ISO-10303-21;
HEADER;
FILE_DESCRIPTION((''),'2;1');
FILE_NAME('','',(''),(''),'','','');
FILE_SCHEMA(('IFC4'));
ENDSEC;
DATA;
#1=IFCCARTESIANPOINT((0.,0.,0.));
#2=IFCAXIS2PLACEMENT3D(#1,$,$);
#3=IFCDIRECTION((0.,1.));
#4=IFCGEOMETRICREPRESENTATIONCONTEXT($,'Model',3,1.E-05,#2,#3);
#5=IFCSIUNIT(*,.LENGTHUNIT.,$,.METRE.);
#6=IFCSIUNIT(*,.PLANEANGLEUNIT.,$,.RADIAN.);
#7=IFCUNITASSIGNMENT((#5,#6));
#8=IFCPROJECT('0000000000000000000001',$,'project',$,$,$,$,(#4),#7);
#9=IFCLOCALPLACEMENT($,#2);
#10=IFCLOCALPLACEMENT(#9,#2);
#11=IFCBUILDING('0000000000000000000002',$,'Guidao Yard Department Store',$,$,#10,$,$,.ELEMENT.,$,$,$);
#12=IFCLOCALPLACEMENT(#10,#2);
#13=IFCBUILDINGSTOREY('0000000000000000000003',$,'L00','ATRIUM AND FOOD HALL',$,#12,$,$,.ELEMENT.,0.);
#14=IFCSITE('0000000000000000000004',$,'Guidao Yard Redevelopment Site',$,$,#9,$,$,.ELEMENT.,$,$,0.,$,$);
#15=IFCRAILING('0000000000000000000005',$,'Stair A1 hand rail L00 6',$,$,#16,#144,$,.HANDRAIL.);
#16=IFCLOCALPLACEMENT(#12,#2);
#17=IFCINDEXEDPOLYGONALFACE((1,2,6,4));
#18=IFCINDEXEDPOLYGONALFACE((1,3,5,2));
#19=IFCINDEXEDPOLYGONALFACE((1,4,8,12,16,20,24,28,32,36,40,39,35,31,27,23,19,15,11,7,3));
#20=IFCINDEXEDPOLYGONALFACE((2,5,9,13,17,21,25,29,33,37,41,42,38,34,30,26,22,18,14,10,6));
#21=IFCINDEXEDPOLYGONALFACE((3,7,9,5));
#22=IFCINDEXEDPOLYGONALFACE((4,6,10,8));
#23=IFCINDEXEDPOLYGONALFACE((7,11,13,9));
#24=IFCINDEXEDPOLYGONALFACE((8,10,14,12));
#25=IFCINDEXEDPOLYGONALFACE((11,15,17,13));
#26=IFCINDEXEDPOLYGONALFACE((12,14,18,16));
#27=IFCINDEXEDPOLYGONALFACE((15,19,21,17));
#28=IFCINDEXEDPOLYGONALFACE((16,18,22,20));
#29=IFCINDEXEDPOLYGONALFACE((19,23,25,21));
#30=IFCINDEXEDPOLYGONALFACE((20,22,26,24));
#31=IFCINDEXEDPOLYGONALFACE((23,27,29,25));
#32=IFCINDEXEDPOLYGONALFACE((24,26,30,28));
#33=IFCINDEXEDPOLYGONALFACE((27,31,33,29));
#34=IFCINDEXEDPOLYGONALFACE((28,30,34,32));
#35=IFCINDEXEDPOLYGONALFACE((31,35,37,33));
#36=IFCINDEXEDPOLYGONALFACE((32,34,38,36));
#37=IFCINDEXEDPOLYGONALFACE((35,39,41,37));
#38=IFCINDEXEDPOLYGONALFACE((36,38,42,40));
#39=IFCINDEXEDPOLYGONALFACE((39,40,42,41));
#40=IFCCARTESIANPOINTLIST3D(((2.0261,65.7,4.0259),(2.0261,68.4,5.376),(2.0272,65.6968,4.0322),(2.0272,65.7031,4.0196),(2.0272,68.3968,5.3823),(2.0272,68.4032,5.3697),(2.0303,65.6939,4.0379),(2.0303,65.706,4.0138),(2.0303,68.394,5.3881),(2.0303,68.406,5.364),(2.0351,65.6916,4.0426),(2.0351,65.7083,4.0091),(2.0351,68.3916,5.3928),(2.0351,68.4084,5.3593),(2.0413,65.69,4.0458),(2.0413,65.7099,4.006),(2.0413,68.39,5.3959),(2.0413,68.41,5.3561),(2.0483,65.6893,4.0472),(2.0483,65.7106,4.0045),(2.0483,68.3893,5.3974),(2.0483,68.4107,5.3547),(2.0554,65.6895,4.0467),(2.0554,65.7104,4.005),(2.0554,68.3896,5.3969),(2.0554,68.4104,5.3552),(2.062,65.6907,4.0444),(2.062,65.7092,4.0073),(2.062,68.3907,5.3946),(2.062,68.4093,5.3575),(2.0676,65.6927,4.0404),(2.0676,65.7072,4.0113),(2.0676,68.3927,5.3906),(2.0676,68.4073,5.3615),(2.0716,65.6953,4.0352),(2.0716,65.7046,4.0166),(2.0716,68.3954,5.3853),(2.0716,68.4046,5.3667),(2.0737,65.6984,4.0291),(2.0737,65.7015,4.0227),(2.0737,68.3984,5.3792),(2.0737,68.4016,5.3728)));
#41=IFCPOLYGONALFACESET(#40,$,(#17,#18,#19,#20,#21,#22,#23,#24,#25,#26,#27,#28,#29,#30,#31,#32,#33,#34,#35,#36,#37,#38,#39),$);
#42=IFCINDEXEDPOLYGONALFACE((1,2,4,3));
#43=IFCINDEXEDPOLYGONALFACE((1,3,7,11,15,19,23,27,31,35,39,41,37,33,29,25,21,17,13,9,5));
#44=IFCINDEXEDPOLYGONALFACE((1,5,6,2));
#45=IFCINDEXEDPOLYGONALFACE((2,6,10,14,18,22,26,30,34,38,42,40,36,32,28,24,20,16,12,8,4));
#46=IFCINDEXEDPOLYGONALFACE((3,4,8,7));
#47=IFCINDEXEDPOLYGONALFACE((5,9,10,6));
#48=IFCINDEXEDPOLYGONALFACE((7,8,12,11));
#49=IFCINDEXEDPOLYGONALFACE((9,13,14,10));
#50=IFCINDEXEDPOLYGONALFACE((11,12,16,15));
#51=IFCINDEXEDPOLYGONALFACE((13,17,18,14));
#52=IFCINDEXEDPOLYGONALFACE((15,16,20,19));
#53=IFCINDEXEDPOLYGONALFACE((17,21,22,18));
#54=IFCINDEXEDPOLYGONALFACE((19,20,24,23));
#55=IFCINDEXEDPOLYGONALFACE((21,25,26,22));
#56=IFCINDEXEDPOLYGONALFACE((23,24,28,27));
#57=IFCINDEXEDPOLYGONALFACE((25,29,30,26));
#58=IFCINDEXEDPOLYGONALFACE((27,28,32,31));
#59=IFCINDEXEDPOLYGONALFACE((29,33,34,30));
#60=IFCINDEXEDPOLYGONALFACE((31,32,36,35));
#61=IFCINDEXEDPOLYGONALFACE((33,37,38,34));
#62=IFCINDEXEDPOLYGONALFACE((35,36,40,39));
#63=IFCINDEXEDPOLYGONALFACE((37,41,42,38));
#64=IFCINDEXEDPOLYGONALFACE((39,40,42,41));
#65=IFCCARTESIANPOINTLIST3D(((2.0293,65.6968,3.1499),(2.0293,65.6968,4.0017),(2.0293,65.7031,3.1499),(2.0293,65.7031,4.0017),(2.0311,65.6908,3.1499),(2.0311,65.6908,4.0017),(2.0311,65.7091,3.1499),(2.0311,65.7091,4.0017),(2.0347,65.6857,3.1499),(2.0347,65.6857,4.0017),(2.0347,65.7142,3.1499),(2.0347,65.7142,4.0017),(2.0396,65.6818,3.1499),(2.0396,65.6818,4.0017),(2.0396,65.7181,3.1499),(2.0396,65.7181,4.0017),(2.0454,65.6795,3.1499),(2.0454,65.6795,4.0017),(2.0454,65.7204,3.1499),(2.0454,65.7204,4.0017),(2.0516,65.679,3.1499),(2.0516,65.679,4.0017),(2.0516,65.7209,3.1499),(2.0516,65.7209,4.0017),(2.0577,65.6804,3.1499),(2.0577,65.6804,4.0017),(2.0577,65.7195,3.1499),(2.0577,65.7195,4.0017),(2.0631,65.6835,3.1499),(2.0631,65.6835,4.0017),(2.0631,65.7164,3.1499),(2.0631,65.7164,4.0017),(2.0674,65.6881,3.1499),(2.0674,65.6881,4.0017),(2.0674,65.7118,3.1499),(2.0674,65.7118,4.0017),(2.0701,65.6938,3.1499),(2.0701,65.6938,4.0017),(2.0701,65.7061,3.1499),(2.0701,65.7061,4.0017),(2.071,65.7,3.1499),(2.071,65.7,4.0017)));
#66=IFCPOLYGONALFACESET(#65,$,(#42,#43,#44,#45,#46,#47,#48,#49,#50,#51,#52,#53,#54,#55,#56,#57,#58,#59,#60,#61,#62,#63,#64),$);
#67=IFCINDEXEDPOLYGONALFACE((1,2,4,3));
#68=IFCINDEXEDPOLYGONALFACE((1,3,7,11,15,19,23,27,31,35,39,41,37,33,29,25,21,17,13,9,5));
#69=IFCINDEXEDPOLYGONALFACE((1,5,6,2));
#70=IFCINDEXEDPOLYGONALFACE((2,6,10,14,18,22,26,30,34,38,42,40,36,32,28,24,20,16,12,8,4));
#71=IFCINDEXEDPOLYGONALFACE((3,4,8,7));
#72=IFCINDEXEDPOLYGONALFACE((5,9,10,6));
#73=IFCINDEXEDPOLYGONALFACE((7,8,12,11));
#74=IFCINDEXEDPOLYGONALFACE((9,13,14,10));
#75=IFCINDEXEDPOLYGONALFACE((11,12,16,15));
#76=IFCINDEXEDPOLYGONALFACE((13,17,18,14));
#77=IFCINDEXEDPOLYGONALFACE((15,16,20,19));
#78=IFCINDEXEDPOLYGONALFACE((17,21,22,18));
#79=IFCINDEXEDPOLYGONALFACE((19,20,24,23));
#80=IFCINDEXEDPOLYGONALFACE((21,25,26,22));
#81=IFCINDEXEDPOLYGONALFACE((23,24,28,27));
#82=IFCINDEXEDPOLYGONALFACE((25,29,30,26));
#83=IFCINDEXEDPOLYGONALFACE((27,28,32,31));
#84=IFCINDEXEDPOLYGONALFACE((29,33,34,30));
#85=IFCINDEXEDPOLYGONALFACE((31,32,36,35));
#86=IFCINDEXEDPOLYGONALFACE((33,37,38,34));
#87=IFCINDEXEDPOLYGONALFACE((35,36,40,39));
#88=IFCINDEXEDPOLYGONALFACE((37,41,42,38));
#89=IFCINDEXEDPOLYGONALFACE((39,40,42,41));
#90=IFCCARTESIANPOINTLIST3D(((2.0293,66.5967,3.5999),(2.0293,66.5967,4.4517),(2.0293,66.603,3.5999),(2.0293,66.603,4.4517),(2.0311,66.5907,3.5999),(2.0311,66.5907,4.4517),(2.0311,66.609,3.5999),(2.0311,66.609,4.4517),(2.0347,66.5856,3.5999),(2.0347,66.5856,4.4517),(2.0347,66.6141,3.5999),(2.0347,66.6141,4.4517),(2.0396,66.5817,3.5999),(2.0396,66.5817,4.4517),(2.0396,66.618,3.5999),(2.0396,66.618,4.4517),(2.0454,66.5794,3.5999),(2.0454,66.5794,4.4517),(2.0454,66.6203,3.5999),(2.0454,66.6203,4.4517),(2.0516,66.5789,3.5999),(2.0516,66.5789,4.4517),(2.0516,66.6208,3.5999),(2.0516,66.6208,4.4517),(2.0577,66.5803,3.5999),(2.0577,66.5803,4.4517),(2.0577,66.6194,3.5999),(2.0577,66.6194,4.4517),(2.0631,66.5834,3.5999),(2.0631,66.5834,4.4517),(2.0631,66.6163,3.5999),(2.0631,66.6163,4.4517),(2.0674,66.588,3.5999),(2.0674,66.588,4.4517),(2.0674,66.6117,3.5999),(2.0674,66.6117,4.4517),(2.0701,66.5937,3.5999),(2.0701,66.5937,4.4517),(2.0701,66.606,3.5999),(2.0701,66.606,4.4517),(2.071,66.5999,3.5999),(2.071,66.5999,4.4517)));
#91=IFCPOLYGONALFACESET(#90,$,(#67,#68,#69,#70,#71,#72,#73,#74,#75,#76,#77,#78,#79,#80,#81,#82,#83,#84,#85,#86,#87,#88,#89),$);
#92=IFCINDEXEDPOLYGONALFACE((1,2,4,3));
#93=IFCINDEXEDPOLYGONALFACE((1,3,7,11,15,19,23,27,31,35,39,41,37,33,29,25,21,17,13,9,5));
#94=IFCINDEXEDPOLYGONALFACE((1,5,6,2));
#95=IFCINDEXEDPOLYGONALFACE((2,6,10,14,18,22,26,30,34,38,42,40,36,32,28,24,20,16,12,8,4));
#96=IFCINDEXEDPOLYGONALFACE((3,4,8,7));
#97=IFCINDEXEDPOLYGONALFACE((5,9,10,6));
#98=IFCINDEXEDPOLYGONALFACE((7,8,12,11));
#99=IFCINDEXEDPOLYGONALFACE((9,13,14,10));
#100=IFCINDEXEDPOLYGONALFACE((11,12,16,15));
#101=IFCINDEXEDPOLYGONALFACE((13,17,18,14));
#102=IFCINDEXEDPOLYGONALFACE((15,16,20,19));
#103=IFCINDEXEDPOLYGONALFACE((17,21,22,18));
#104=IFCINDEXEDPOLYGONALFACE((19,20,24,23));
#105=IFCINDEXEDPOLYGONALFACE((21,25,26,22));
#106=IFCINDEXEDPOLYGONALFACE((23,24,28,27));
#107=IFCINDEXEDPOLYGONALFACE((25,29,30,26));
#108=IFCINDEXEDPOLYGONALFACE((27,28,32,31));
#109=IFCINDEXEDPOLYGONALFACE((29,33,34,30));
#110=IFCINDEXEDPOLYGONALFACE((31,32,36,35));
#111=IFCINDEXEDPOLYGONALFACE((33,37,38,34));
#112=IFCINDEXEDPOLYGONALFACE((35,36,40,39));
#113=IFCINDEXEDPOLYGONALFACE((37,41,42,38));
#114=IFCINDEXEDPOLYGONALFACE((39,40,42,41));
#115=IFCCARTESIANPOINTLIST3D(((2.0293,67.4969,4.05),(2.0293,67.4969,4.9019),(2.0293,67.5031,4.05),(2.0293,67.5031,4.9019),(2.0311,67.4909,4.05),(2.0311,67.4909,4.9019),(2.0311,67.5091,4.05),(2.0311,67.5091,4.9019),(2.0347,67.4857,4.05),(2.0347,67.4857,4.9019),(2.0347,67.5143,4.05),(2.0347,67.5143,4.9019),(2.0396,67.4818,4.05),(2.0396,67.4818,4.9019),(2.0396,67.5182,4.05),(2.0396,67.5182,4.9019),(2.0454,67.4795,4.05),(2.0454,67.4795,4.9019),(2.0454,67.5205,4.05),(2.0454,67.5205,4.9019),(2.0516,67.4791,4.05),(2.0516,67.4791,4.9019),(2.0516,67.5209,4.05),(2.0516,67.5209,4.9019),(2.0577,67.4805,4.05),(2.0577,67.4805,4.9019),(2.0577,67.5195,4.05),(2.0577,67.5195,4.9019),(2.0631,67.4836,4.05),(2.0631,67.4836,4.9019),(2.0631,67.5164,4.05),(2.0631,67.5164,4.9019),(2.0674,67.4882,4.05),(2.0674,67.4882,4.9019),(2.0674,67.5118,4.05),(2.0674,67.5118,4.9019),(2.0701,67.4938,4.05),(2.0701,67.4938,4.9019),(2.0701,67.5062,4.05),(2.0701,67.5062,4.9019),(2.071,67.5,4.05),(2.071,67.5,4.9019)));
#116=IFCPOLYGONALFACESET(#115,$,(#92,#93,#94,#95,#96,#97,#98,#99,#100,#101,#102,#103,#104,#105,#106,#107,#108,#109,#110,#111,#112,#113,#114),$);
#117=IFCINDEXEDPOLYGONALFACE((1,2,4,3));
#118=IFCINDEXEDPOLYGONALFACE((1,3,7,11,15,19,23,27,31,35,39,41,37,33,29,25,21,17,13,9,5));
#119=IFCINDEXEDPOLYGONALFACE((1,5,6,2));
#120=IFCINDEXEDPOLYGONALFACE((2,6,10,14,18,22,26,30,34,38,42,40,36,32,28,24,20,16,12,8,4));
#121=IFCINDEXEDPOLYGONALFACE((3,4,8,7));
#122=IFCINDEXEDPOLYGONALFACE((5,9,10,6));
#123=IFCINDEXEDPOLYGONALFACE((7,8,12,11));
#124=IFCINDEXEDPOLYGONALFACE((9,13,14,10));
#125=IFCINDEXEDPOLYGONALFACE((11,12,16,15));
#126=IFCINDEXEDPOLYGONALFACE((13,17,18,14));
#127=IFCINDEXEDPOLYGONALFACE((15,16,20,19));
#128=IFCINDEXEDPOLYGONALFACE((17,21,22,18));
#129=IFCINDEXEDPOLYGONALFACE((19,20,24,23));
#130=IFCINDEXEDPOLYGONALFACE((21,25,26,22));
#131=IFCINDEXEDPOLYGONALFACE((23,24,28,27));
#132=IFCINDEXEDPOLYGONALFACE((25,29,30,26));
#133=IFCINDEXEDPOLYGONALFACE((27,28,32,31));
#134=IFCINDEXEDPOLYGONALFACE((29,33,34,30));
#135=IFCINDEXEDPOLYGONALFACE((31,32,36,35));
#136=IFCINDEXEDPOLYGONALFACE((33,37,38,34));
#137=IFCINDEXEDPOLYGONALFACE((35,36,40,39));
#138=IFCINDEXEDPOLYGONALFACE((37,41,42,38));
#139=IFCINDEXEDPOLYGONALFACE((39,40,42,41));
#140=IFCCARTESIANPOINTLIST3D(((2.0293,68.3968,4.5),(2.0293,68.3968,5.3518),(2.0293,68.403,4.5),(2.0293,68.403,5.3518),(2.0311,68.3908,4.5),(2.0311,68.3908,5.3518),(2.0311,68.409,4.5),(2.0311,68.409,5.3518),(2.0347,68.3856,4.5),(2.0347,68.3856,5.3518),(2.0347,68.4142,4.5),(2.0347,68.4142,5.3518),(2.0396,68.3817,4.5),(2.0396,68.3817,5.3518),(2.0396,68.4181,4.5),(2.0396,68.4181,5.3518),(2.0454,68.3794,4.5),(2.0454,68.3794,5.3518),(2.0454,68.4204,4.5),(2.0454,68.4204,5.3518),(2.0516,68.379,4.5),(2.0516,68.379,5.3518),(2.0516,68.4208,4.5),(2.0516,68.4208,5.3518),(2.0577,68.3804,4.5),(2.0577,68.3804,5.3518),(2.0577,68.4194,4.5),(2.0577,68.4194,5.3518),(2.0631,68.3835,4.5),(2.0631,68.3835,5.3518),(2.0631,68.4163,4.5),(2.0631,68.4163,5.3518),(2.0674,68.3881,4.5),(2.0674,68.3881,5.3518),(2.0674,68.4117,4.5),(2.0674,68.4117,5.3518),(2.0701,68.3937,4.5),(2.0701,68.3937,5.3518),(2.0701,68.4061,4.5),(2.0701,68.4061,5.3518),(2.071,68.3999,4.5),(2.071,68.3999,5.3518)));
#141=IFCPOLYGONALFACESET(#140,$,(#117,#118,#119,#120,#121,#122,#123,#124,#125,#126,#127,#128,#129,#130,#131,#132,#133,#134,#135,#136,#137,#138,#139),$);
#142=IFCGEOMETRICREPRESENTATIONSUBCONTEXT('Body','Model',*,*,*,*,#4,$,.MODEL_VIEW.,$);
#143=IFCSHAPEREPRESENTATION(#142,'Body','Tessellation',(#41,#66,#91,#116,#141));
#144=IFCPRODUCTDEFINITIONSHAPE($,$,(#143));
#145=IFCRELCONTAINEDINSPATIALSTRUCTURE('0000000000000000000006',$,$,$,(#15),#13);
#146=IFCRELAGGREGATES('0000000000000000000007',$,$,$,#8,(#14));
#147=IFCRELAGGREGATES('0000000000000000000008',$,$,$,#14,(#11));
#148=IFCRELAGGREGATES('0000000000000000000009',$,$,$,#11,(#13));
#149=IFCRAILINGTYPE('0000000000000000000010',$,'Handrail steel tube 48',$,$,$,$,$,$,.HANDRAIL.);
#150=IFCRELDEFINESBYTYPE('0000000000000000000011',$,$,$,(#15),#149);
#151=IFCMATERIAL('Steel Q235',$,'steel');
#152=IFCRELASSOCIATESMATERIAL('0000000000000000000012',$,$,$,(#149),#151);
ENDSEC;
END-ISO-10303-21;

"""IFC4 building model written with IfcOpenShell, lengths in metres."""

from ifc_helpers import new_model, si_unit, direction, frame, origin, origin_2d, place, context, subcontext, project, spatial, circle, extrude, material, type_object, element, save


model = new_model("IFC4")

# Units and contexts
model_context = context("Model", 3, precision=1e-05, world=origin(), true_north=direction((0.0, 1.0)))
body_context = subcontext(model_context, "Body", "Model", "MODEL_VIEW")
ifc_project = project(units=[si_unit("LENGTHUNIT", "METRE"), si_unit("PLANEANGLEUNIT", "RADIAN")], contexts=[model_context])

# Site, building, storey
site_placement = place(None, origin())
site = spatial("IfcSite", under=ifc_project, at=site_placement, Name="Guidao Yard Redevelopment Site", CompositionType="ELEMENT", RefElevation=0.0)
building_placement = place(site_placement, origin())
building = spatial("IfcBuilding", under=site, at=building_placement, Name="Guidao Yard Department Store", CompositionType="ELEMENT")
storey_placement = place(building_placement, origin())
storey = spatial("IfcBuildingStorey", under=building, at=storey_placement, Name="L00", Description="ATRIUM AND FOOD HALL", CompositionType="ELEMENT", Elevation=0.0)

# Railing
ifc_material_1 = material(Name="Steel Q235", Category="steel")
railing_type = type_object("IfcRailingType", Name="Handrail steel tube 48", PredefinedType="HANDRAIL", material=ifc_material_1)
for number, where, name in (
    (1, (2.05, 65.7, 3.1499), "Stair A1 hand rail L00 6"),
):
    element("IfcRailing", number, at=place(storey_placement, frame(where)), inside=storey, type_object=railing_type, Name=name, PredefinedType="HANDRAIL", context=body_context, shape_type="SweptSolid", body=[
        extrude(circle(Radius=0.0239, at=origin_2d()), frame((0.0, 0.0, 0.876), z_axis=(0.0, 0.894411, 0.447246), x_axis=(-1.0, 0.0, 0.0)), (0.0, 0.0, 1.0), 3.0188),
        extrude(circle(Radius=0.021, at=origin_2d()), origin(), (0.0, 0.0, 1.0), 0.8518),
        extrude(circle(Radius=0.021, at=origin_2d()), frame((0.0, 0.8999, 0.45)), (0.0, 0.0, 1.0), 0.8518),
        extrude(circle(Radius=0.021, at=origin_2d()), frame((0.0, 1.8, 0.9001)), (0.0, 0.0, 1.0), 0.8518),
        extrude(circle(Radius=0.021, at=origin_2d()), frame((0.0, 2.7, 1.3501)), (0.0, 0.0, 1.0), 0.8518),
    ])

save(model, "model.ifc")
